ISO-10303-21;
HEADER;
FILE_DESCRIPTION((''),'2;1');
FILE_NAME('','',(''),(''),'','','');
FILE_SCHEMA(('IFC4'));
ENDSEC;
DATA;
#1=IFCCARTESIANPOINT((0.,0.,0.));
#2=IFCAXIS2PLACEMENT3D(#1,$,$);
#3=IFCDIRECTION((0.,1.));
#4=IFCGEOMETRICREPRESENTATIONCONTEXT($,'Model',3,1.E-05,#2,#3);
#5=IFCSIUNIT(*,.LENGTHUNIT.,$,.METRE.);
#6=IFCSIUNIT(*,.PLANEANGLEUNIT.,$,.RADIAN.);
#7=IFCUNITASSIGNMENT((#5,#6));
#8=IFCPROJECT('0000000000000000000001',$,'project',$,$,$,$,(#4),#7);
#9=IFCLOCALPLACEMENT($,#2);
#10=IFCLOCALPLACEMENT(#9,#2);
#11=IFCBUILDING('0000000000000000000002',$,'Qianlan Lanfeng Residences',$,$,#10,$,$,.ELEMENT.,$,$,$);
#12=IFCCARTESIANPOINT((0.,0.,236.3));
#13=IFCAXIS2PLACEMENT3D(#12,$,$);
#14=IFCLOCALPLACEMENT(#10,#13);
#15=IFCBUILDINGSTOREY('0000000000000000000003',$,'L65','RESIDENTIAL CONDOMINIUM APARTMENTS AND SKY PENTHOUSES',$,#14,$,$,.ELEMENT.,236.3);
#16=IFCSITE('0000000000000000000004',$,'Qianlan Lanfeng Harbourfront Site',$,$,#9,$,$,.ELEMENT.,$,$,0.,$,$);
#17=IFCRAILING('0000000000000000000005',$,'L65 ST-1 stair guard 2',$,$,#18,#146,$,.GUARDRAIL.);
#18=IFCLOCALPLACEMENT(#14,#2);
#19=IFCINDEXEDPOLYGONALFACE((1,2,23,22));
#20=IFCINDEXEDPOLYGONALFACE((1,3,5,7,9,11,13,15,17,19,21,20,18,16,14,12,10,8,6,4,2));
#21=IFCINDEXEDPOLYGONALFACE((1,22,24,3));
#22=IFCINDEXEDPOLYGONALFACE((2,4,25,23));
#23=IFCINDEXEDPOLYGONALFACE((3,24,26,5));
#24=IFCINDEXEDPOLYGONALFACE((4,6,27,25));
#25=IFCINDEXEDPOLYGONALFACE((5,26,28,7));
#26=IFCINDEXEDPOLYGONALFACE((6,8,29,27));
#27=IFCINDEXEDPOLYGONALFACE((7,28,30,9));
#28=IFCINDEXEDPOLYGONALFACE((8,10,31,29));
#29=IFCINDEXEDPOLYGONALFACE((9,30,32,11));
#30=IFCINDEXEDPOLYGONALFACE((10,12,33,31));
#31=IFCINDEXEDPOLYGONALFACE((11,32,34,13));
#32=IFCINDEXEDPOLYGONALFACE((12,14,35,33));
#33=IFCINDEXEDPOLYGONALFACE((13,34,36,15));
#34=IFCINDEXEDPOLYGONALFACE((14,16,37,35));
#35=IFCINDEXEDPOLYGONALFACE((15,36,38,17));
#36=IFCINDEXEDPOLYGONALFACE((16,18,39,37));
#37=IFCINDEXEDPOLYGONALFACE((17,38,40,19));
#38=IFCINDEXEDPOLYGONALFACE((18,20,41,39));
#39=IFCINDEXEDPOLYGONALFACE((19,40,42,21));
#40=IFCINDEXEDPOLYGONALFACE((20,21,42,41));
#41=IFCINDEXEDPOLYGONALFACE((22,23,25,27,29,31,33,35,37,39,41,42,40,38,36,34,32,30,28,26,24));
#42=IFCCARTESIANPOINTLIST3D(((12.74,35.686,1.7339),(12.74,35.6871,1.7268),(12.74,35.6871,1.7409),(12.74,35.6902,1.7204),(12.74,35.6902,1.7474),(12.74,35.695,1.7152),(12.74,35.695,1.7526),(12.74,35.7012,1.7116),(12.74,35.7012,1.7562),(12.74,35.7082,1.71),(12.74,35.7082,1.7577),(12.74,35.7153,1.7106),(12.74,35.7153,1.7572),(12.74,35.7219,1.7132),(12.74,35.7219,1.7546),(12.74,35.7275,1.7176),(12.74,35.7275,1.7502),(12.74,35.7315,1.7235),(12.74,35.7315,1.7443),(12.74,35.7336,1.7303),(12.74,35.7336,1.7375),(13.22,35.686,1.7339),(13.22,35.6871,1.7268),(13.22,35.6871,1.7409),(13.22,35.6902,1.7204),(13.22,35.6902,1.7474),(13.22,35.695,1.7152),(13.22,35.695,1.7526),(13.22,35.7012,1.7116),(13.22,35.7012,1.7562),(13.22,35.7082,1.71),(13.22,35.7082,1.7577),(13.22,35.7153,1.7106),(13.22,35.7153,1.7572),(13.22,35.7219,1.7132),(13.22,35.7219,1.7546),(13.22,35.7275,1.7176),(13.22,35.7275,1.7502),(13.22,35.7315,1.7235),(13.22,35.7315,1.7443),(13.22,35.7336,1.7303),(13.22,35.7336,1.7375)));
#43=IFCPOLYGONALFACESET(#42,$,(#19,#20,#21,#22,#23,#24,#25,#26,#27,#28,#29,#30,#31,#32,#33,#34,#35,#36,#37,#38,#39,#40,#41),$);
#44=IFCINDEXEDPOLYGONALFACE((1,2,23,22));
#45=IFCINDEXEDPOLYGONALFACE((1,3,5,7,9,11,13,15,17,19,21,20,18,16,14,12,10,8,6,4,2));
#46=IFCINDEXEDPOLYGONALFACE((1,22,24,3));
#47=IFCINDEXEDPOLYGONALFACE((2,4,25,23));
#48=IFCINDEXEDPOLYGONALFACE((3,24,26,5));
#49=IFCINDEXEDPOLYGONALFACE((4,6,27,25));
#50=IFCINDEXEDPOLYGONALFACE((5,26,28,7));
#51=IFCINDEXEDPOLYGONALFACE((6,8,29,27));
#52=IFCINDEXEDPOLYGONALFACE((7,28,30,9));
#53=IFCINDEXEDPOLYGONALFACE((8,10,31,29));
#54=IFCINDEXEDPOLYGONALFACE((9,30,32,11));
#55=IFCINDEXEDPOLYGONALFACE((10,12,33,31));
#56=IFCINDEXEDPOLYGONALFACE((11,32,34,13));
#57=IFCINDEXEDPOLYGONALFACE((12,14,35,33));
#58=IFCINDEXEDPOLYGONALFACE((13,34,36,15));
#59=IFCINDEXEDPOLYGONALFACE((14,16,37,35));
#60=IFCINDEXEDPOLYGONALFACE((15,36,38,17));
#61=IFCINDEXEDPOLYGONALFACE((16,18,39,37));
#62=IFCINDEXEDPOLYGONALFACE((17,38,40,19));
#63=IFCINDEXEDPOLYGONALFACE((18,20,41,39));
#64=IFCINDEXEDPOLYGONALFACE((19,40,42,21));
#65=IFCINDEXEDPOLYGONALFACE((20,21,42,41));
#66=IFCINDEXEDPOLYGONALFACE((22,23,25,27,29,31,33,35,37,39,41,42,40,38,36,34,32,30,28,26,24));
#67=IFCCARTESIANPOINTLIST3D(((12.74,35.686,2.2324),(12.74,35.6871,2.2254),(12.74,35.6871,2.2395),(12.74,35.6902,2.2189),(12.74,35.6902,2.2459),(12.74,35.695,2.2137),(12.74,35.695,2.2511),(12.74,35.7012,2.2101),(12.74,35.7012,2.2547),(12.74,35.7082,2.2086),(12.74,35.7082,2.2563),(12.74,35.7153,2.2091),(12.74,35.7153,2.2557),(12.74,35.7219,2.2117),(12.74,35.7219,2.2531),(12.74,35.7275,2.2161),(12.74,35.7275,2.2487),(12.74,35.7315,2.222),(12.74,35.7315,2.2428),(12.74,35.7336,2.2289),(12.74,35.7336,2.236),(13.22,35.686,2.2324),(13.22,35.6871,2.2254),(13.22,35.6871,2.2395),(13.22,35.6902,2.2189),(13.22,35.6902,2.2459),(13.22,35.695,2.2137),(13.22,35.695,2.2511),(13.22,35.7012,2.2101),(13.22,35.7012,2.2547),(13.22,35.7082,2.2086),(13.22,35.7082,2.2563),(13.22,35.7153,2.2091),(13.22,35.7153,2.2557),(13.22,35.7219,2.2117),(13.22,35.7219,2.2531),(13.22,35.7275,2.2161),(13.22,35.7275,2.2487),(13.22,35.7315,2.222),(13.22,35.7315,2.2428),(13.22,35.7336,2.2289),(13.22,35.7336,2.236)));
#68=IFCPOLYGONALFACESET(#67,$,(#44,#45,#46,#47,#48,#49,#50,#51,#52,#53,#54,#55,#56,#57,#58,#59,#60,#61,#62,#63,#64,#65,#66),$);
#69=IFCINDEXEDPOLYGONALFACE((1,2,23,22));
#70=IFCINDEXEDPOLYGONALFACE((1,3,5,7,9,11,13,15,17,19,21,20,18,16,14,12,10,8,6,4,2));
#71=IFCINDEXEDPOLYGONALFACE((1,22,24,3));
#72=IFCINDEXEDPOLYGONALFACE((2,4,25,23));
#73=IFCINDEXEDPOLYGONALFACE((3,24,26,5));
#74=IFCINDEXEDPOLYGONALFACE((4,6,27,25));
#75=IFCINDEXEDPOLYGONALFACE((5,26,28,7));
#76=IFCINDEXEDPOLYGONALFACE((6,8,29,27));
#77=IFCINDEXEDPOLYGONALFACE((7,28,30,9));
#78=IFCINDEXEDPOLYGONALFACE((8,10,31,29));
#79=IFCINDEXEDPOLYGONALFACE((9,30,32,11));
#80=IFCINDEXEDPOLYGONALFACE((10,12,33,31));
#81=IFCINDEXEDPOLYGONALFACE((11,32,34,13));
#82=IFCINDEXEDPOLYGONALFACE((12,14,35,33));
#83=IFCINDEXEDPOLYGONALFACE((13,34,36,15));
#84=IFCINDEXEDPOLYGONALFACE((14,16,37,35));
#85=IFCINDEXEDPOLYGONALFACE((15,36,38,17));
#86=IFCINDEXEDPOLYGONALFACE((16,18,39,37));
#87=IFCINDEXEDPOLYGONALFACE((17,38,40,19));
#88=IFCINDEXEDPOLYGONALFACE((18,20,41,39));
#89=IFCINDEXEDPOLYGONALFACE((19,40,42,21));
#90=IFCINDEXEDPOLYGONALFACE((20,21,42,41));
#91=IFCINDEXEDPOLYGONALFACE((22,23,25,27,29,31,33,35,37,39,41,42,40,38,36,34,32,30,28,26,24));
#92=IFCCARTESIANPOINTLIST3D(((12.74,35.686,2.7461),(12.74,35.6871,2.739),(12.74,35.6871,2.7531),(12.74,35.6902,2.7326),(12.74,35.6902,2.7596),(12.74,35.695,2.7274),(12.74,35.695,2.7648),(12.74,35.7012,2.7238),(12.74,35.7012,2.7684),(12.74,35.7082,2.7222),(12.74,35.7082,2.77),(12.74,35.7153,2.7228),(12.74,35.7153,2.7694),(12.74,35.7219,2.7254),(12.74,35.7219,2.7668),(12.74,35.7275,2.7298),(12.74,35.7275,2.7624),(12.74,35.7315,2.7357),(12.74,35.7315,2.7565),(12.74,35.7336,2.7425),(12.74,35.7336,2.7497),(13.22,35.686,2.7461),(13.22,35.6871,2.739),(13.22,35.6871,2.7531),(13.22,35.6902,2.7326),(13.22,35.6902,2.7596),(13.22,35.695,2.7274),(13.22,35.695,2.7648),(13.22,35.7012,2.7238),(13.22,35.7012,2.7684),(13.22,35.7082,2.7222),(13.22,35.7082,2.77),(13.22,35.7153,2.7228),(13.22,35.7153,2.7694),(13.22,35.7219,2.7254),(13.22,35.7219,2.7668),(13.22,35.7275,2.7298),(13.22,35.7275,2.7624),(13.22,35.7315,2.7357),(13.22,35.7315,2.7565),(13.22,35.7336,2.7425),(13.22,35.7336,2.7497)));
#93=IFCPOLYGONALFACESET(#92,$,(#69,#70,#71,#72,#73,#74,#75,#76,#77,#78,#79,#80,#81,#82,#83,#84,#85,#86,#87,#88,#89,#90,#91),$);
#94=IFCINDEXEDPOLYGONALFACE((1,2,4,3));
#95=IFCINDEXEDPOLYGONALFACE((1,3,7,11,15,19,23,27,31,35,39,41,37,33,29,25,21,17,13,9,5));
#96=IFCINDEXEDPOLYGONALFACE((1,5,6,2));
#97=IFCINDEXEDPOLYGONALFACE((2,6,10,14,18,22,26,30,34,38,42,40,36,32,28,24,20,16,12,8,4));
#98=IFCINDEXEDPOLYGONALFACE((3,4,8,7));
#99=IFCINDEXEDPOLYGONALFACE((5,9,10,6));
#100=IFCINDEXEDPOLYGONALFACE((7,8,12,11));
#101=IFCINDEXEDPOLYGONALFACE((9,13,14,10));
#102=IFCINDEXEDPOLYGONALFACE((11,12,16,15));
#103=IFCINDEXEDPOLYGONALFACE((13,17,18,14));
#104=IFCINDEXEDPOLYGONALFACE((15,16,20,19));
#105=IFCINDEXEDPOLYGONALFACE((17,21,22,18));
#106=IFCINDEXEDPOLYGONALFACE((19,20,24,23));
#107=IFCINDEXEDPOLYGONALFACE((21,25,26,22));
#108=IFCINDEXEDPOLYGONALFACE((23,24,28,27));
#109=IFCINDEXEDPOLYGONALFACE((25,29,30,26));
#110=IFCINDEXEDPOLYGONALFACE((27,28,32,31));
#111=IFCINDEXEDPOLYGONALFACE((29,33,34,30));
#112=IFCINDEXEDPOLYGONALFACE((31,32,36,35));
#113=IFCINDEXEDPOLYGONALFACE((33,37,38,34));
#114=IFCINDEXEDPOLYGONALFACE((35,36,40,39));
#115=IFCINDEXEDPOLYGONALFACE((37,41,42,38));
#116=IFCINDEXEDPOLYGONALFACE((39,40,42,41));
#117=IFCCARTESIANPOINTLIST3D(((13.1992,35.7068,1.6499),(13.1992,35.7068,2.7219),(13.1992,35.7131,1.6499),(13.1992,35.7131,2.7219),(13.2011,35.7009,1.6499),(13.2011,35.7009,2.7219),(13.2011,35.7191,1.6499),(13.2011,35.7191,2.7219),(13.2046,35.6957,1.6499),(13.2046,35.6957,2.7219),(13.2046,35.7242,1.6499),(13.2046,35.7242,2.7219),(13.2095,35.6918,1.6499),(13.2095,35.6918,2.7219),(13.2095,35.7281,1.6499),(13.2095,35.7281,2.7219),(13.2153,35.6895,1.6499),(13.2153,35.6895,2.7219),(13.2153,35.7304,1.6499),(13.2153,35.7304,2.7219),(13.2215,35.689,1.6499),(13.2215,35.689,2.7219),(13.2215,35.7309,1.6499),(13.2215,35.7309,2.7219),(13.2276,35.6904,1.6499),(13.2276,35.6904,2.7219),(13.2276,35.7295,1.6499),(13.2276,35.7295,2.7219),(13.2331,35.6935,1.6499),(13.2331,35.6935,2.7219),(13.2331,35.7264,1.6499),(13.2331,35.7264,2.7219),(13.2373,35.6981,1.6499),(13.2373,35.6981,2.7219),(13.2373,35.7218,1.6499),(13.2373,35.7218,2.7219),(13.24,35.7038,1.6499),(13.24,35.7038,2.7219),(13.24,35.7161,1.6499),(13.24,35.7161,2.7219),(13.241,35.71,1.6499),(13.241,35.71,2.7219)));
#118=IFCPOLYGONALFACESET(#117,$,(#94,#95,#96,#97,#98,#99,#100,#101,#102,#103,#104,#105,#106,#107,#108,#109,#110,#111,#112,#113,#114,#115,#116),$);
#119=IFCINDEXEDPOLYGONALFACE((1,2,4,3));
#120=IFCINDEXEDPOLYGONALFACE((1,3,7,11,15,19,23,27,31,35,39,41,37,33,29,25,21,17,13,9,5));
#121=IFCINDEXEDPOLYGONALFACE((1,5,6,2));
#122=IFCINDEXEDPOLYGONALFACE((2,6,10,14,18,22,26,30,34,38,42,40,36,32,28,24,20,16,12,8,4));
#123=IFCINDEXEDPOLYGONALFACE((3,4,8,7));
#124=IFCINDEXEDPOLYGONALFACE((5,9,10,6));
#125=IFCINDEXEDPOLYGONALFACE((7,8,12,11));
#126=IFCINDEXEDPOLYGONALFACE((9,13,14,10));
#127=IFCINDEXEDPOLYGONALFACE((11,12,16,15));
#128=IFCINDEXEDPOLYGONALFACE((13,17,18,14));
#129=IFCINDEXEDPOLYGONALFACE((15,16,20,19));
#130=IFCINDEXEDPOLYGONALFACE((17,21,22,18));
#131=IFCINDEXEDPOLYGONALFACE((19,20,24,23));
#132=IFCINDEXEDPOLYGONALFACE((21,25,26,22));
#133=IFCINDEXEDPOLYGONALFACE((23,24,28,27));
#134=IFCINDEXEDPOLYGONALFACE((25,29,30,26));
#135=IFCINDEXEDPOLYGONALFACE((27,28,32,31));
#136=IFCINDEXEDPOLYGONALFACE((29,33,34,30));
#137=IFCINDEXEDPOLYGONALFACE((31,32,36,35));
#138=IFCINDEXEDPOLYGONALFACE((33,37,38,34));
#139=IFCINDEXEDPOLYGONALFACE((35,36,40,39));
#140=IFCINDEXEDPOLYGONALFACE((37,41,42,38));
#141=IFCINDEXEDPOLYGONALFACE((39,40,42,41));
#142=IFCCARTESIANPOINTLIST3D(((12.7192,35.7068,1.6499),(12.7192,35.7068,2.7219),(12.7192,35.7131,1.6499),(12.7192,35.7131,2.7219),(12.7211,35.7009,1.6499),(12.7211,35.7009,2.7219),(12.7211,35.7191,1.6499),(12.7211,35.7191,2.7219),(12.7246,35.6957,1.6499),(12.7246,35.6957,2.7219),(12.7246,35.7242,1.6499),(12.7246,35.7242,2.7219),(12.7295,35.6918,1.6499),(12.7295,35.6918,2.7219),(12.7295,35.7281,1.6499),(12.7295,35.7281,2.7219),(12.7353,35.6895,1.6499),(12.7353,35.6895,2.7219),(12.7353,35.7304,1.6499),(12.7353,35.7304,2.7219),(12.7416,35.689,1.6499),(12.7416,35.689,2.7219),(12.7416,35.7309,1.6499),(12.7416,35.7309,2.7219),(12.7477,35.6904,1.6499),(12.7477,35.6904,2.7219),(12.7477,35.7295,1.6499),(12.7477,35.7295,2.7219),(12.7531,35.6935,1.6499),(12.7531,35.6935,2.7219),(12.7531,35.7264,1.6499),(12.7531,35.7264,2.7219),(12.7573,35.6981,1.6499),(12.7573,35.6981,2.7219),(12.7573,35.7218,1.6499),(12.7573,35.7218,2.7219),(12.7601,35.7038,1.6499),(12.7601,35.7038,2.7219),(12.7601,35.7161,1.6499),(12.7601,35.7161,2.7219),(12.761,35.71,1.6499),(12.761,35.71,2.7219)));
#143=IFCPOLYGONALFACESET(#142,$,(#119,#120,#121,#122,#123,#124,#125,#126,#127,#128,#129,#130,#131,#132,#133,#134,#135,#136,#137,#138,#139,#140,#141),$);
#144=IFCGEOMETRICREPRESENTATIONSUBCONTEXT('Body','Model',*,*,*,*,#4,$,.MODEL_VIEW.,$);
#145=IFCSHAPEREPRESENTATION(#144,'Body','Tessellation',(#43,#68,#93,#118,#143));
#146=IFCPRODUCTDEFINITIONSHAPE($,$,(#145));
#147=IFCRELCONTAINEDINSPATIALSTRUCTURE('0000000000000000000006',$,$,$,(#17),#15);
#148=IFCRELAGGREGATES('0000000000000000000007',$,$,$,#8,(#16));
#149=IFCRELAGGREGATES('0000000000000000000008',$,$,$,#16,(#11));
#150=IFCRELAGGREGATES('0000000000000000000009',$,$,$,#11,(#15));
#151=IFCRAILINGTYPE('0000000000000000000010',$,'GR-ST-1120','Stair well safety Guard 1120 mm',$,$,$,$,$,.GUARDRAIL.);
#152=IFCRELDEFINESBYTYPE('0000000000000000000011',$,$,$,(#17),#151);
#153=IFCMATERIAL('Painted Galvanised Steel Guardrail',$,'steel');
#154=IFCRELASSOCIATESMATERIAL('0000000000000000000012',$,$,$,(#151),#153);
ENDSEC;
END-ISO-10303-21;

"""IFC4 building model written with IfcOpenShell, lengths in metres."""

from ifc_helpers import new_model, si_unit, direction, frame, origin, origin_2d, place, context, subcontext, project, spatial, circle, extrude, material, type_object, element, save


model = new_model("IFC4")

# Units and contexts
model_context = context("Model", 3, precision=1e-05, world=origin(), true_north=direction((0.0, 1.0)))
body_context = subcontext(model_context, "Body", "Model", "MODEL_VIEW")
ifc_project = project(units=[si_unit("LENGTHUNIT", "METRE"), si_unit("PLANEANGLEUNIT", "RADIAN")], contexts=[model_context])

# Site, building, storey
site_placement = place(None, origin())
site = spatial("IfcSite", under=ifc_project, at=site_placement, Name="Qianlan Lanfeng Harbourfront Site", CompositionType="ELEMENT", RefElevation=0.0)
building_placement = place(site_placement, origin())
building = spatial("IfcBuilding", under=site, at=building_placement, Name="Qianlan Lanfeng Residences", CompositionType="ELEMENT")
storey_placement = place(building_placement, frame((0.0, 0.0, 236.3)))
storey = spatial("IfcBuildingStorey", under=building, at=storey_placement, Name="L65", Description="RESIDENTIAL CONDOMINIUM APARTMENTS AND SKY PENTHOUSES", CompositionType="ELEMENT", Elevation=236.3)

# Railing
ifc_material_1 = material(Name="Painted Galvanised Steel Guardrail", Category="steel")
railing_type = type_object("IfcRailingType", Name="GR-ST-1120", Description="Stair well safety Guard 1120 mm", PredefinedType="GUARDRAIL", material=ifc_material_1)
railing_1_placement = place(storey_placement, frame((13.22, 35.71, 1.6499)))
element("IfcRailing", 1, at=railing_1_placement, inside=storey, type_object=railing_type, Name="L65 ST-1 stair guard 2", PredefinedType="GUARDRAIL", context=body_context, shape_type="SweptSolid", body=[
    extrude(circle(Radius=0.0239, at=origin_2d()), frame((0.0, 0.0, 0.084), z_axis=(-1.0, 0.0, 0.0), x_axis=(0.0, -1.0, 0.0)), (0.0, 0.0, 1.0), 0.48),
    extrude(circle(Radius=0.0239, at=origin_2d()), frame((0.0, 0.0, 0.5825), z_axis=(-1.0, 0.0, 0.0), x_axis=(0.0, -1.0, 0.0)), (0.0, 0.0, 1.0), 0.48),
    extrude(circle(Radius=0.0239, at=origin_2d()), frame((0.0, 0.0, 1.0962), z_axis=(-1.0, 0.0, 0.0), x_axis=(0.0, -1.0, 0.0)), (0.0, 0.0, 1.0), 0.48),
    extrude(circle(Radius=0.021, at=origin_2d()), origin(), (0.0, 0.0, 1.0), 1.072),
    extrude(circle(Radius=0.021, at=origin_2d()), frame((-0.48, 0.0, 0.0)), (0.0, 0.0, 1.0), 1.072),
])

save(model, "model.ifc")
